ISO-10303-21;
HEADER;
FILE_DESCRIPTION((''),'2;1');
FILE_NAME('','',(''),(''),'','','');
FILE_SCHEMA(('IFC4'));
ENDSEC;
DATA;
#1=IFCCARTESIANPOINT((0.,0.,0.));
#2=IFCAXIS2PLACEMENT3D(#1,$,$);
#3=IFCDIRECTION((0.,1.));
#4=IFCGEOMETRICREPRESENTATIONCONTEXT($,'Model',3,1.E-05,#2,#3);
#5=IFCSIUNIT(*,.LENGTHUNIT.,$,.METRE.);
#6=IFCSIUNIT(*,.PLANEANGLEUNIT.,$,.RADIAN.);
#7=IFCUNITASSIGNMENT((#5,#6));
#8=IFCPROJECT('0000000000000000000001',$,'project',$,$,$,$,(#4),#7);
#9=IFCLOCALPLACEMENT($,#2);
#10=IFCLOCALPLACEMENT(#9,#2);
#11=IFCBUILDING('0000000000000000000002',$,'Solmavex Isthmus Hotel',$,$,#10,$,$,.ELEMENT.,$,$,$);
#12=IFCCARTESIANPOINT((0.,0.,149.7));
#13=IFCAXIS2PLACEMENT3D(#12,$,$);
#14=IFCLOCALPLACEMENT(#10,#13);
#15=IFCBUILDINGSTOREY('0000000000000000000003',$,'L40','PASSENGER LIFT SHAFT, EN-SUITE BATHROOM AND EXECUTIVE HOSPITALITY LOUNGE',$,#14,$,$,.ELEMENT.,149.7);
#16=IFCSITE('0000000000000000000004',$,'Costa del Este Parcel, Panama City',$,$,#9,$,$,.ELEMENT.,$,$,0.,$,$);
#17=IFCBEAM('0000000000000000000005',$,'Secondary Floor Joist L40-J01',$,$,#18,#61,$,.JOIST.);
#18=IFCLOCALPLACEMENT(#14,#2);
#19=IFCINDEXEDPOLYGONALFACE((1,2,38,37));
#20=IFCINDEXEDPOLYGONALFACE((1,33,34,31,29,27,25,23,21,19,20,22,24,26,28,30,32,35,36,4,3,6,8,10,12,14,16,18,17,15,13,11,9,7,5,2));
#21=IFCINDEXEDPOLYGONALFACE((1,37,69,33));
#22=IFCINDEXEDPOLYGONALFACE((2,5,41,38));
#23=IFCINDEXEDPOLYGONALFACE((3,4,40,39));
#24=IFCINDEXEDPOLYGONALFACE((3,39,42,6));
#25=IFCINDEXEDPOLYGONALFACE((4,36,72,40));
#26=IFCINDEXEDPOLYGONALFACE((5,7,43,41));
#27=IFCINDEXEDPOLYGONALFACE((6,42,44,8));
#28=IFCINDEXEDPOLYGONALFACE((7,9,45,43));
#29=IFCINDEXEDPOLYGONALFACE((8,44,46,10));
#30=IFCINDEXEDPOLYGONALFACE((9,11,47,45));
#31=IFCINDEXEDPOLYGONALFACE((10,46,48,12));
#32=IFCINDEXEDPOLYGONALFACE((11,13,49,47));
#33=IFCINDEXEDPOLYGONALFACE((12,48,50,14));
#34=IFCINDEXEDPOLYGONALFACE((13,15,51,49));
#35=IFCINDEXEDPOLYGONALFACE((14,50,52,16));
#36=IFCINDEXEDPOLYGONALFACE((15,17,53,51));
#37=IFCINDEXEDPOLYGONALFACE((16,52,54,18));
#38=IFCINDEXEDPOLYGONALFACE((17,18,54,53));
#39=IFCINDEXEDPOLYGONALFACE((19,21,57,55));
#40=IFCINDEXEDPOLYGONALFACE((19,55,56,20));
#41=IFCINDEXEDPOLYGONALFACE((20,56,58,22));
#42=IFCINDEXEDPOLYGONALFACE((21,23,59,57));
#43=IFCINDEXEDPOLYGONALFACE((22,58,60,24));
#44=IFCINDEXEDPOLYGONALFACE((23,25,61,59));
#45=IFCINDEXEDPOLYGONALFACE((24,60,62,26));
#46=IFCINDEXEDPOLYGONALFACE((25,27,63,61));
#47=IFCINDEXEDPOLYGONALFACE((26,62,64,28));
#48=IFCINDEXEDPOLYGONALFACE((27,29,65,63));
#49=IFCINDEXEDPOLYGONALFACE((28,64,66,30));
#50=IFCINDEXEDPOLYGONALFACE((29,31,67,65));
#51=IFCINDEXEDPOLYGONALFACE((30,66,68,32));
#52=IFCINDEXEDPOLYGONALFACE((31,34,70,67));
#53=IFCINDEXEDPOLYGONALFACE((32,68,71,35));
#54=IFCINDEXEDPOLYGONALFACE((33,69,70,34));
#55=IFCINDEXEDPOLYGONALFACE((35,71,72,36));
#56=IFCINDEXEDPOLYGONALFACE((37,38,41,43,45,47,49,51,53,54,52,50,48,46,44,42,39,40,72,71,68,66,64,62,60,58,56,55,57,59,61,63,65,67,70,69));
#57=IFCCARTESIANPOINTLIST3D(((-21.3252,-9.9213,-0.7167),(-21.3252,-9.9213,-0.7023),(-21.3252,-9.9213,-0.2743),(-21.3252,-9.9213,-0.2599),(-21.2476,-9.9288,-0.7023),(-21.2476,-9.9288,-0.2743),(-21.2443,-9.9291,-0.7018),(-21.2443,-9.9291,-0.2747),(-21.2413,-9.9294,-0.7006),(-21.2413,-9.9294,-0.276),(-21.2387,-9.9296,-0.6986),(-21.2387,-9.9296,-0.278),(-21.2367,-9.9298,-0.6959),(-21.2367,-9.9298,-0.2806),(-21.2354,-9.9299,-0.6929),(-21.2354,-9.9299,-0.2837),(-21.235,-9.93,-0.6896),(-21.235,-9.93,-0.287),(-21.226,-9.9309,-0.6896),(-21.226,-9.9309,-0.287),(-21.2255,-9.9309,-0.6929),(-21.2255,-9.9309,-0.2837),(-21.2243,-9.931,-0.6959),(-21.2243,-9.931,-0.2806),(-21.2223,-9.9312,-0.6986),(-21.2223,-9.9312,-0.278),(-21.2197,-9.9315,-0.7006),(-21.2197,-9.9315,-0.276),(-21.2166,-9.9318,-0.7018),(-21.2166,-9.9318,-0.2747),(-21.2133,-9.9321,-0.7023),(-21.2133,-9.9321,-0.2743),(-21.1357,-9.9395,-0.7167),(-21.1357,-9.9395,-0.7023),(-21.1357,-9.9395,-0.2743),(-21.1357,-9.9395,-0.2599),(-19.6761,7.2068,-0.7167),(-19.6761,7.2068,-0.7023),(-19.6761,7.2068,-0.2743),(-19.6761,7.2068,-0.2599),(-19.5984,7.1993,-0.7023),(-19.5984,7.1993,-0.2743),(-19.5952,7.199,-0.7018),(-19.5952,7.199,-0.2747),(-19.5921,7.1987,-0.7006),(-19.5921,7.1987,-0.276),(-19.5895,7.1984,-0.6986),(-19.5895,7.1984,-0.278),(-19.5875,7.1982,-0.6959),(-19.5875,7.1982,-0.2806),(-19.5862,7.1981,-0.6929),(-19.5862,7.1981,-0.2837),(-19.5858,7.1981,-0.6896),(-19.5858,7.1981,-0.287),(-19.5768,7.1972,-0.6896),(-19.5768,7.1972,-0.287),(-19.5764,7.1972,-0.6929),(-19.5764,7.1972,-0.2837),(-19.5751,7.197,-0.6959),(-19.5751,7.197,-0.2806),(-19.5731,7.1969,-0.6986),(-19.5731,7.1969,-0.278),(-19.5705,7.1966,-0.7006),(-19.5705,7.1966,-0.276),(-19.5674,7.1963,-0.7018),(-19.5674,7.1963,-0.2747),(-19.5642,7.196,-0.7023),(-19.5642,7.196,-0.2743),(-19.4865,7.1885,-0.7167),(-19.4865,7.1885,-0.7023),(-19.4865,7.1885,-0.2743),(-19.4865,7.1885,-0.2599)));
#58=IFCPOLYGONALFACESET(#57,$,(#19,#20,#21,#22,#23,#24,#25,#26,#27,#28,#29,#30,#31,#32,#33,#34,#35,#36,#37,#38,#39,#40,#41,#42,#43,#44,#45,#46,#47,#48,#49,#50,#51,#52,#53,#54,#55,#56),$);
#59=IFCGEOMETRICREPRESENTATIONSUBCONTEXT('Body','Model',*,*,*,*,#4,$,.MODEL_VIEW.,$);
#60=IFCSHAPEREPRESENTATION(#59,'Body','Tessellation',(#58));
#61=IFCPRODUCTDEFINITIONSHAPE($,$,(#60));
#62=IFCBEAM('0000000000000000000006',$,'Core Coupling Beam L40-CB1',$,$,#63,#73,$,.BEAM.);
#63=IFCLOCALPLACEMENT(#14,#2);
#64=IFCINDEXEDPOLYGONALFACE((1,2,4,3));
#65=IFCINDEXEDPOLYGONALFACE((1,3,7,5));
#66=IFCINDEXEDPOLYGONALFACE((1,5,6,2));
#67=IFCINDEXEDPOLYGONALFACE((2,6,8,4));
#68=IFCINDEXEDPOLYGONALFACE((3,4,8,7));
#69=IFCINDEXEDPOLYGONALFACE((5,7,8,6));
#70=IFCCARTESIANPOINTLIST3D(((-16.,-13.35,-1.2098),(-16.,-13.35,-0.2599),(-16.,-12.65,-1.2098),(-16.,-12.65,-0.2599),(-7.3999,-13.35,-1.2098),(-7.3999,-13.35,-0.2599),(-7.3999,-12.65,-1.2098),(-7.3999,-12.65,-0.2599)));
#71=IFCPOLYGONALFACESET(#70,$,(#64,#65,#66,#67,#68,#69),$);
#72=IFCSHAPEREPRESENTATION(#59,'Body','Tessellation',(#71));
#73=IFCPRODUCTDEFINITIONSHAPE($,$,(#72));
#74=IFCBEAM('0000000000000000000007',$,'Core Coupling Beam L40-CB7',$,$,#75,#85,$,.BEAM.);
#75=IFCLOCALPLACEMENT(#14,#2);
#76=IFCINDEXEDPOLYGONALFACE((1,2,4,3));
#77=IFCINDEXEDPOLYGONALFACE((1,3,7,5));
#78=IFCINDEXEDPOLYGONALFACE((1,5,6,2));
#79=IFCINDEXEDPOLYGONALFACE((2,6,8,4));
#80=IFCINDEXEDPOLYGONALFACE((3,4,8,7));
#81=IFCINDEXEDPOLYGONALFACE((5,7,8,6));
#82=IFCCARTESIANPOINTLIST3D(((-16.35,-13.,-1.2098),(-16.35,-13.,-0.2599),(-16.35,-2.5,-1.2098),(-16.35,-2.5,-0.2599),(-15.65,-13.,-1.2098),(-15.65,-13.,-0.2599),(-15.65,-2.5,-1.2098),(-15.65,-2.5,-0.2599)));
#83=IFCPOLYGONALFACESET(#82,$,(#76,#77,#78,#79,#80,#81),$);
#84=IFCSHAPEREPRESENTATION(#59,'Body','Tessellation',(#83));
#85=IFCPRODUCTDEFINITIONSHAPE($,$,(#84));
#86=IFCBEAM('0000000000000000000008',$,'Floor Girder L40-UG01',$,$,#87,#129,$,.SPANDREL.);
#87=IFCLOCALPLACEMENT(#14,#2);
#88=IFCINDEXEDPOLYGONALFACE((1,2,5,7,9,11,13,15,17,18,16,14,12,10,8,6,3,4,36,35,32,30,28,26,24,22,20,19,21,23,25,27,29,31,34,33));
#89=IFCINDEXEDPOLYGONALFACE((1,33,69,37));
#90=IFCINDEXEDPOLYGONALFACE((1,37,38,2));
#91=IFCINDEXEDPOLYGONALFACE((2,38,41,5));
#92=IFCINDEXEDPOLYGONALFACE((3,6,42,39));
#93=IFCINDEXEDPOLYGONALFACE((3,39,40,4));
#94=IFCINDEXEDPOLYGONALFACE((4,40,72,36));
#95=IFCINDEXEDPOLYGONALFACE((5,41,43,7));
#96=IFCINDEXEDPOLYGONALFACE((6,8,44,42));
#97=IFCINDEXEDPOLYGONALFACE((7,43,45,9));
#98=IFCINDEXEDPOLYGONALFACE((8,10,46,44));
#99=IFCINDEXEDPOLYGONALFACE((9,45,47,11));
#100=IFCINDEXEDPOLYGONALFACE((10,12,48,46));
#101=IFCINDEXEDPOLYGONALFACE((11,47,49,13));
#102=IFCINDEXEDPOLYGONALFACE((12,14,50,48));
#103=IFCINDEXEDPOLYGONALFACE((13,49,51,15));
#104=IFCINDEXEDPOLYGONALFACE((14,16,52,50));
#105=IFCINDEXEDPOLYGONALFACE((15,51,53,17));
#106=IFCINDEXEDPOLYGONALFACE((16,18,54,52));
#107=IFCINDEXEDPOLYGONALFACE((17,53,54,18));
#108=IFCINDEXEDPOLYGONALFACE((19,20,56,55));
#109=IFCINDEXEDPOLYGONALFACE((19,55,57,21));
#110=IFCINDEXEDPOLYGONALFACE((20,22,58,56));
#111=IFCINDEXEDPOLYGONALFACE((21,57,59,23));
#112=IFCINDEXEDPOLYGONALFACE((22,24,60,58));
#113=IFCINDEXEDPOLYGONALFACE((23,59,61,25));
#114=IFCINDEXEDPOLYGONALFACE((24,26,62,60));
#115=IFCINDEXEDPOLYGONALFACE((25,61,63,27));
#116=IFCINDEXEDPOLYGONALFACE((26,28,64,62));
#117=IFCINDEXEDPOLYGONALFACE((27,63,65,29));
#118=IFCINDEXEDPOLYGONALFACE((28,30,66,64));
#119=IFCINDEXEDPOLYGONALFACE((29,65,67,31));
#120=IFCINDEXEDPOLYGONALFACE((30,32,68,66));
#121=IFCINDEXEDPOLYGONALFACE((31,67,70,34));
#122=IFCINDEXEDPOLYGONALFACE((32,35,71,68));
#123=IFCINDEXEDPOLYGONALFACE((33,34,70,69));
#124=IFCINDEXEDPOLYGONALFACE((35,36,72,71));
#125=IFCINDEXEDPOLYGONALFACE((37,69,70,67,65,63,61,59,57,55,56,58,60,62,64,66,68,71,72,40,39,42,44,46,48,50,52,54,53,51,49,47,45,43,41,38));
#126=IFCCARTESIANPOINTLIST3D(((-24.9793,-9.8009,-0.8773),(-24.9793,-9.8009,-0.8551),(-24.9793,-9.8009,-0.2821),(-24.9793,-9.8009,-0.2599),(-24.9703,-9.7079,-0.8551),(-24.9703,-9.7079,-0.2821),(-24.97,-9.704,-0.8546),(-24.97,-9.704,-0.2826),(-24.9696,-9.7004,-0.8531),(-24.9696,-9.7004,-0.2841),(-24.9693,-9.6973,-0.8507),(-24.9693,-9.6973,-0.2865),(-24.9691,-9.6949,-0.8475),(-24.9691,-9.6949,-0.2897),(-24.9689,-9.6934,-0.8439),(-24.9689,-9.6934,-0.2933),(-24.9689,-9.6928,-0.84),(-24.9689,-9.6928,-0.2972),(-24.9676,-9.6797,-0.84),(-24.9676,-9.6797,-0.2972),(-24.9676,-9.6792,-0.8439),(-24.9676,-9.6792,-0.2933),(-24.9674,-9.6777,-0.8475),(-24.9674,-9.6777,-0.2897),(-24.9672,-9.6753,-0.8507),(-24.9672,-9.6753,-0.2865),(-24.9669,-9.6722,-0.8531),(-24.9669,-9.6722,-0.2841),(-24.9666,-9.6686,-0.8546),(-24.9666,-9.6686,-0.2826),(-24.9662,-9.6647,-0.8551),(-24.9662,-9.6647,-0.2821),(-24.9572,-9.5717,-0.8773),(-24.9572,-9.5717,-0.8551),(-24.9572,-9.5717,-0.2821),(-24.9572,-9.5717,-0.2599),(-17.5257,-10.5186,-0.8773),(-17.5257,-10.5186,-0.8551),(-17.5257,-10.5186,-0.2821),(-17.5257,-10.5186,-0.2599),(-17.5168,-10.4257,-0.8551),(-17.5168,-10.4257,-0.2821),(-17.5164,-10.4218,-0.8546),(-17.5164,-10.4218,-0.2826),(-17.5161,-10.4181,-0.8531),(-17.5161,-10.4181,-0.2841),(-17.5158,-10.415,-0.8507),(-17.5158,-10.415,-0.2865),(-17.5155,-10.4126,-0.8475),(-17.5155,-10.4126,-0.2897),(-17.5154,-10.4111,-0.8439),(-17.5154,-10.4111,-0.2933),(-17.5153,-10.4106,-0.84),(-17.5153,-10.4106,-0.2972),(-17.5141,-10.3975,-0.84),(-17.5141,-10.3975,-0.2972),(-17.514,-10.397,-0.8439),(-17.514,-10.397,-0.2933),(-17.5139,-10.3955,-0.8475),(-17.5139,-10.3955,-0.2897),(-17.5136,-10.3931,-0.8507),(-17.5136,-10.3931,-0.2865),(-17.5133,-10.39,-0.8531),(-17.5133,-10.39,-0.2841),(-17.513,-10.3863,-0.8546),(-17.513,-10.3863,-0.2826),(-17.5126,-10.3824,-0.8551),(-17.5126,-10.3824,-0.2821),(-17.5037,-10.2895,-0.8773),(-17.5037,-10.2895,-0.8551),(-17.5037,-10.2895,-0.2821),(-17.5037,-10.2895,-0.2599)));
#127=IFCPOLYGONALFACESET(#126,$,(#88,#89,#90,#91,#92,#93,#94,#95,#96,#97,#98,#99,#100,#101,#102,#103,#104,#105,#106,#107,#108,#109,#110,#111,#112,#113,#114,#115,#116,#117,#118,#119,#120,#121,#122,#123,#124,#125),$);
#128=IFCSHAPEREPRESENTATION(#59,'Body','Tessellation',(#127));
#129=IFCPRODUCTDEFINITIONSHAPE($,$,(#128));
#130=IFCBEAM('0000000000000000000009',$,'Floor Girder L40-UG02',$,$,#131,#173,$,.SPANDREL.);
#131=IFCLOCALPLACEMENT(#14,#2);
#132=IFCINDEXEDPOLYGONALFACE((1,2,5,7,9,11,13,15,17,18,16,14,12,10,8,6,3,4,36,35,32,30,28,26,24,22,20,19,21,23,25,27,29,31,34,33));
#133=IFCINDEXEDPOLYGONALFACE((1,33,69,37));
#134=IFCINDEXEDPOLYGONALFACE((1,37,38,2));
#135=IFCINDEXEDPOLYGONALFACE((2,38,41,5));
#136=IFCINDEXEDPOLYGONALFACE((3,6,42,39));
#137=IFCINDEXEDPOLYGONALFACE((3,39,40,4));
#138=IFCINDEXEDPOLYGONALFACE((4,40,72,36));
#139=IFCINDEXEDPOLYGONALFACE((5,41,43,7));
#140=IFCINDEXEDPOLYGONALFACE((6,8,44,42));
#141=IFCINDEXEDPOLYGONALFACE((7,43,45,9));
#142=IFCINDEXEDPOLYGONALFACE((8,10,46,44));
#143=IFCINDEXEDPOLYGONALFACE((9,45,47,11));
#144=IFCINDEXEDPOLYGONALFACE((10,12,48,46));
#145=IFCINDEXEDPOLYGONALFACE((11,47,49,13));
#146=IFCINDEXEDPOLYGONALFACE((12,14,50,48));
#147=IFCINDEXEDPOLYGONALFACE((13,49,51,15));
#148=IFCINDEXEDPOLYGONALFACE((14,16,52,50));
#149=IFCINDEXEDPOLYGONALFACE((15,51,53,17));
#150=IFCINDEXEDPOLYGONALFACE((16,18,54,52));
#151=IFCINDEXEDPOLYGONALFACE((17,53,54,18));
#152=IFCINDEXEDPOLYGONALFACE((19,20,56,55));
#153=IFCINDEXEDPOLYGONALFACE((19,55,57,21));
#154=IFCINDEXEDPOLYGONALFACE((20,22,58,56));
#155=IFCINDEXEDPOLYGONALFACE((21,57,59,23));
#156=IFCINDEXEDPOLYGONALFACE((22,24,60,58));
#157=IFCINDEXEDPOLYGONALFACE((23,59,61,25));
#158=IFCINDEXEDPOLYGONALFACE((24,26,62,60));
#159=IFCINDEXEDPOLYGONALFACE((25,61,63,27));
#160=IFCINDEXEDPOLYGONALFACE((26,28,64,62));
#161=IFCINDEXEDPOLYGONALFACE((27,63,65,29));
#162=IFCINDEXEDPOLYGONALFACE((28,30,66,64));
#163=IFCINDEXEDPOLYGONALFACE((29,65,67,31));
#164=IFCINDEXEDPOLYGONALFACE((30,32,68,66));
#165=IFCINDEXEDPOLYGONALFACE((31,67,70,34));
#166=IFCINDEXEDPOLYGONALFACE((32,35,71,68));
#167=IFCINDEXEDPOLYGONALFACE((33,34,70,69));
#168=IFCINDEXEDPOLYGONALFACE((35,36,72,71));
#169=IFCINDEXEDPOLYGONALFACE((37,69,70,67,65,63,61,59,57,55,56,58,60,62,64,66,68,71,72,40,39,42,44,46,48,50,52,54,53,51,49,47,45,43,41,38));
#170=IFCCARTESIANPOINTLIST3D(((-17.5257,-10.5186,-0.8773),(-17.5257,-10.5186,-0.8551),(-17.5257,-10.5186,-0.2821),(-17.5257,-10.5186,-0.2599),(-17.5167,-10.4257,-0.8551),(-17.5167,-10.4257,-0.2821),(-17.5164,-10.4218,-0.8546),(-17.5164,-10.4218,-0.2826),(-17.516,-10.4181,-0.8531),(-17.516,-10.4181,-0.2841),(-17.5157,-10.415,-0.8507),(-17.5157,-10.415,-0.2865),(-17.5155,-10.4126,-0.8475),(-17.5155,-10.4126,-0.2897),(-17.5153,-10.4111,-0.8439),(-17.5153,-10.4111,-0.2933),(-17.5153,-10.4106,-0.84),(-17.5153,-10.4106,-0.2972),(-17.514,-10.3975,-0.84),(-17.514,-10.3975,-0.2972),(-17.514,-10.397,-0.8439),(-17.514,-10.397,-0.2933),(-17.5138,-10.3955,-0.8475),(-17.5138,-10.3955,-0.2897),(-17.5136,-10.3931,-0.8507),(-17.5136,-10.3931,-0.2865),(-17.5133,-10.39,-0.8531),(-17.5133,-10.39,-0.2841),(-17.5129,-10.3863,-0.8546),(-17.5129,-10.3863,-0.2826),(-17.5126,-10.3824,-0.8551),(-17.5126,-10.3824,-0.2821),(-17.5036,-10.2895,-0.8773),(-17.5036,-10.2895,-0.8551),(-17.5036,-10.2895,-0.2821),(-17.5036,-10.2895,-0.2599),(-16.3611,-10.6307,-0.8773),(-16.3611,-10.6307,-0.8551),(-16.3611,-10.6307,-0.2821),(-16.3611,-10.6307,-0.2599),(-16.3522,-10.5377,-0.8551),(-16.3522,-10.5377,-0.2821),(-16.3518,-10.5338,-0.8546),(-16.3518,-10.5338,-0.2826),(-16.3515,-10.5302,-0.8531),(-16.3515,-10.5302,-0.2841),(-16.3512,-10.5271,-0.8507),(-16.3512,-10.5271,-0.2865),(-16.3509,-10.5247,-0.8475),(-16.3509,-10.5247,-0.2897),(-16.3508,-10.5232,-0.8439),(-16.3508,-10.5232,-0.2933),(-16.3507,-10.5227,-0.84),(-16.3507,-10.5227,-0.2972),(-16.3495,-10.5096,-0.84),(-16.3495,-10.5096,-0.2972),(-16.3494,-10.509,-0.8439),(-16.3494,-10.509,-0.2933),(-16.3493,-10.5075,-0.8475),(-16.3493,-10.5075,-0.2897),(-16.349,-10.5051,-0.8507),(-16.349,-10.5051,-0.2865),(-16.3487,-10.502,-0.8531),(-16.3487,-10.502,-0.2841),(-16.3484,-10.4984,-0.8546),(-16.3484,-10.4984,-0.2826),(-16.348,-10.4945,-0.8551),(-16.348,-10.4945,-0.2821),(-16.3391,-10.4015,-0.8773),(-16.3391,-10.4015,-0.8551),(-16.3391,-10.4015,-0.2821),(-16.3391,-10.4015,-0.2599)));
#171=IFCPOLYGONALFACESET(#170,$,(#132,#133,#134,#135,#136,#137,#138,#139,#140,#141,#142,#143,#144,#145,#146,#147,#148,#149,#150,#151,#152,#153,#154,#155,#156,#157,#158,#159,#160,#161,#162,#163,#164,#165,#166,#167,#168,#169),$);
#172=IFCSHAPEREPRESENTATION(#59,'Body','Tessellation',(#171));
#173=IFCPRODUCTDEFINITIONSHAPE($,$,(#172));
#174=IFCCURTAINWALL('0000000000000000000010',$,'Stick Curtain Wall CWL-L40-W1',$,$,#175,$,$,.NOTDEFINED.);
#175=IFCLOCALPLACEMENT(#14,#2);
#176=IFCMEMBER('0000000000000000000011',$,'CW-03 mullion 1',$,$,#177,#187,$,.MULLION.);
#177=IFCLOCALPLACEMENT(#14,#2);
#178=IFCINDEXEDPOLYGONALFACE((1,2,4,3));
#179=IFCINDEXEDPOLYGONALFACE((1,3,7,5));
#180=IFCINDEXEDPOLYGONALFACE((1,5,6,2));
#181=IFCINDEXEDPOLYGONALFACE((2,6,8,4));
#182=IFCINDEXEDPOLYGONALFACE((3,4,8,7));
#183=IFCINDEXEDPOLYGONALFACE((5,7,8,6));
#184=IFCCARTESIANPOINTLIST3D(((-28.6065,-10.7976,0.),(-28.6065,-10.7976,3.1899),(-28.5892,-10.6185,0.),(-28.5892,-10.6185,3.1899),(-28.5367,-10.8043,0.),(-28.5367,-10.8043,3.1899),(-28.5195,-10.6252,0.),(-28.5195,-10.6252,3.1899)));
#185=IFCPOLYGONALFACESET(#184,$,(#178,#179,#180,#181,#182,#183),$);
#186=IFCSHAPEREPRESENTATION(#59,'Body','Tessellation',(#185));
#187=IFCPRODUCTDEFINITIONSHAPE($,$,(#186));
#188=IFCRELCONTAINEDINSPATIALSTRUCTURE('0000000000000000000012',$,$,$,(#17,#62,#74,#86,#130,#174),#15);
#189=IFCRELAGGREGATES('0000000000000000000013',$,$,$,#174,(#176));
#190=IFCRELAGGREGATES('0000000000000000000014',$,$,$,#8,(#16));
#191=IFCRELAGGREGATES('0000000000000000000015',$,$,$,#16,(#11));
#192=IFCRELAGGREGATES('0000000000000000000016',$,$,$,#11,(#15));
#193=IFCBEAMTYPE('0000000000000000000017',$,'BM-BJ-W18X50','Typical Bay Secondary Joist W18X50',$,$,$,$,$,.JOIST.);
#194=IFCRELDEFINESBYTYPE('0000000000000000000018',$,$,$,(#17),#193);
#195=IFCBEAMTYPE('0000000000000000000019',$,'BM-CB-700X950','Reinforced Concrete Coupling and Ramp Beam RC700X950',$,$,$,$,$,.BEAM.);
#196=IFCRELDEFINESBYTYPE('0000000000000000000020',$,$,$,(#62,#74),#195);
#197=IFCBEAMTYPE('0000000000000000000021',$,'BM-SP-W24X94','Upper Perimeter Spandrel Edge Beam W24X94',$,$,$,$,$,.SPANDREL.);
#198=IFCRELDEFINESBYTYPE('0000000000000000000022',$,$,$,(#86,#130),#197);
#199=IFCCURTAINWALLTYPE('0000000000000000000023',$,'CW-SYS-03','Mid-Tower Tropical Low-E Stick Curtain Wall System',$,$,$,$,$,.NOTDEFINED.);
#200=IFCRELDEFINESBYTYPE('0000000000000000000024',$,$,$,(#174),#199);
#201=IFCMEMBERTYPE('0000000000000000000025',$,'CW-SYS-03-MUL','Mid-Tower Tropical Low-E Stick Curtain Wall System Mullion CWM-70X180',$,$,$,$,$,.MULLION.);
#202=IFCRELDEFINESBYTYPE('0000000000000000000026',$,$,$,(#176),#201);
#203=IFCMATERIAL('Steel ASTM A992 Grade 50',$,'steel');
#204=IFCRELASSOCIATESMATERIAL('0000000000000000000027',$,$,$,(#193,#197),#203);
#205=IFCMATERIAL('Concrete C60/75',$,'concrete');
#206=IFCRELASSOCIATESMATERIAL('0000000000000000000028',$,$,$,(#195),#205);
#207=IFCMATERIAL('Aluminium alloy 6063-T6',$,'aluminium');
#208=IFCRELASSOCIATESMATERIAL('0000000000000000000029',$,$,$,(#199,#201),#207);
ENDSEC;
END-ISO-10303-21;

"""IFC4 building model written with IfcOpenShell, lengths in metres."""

from ifc_helpers import new_model, si_unit, direction, frame, origin, origin_2d, place, context, subcontext, project, spatial, rectangle, i_section, extrude, material, material_profile, profile_set, type_object, element, aggregate, save


model = new_model("IFC4")

# Units and contexts
model_context = context("Model", 3, precision=1e-05, world=origin(), true_north=direction((0.0, 1.0)))
body_context = subcontext(model_context, "Body", "Model", "MODEL_VIEW")
ifc_project = project(units=[si_unit("LENGTHUNIT", "METRE"), si_unit("PLANEANGLEUNIT", "RADIAN")], contexts=[model_context])

# Site, building, storey
site_placement = place(None, origin())
site = spatial("IfcSite", under=ifc_project, at=site_placement, Name="Costa del Este Parcel, Panama City", CompositionType="ELEMENT", RefElevation=0.0)
building_placement = place(site_placement, origin())
building = spatial("IfcBuilding", under=site, at=building_placement, Name="Solmavex Isthmus Hotel", CompositionType="ELEMENT")
storey_placement = place(building_placement, frame((0.0, 0.0, 149.7)))
storey = spatial("IfcBuildingStorey", under=building, at=storey_placement, Name="L40", Description="PASSENGER LIFT SHAFT, EN-SUITE BATHROOM AND EXECUTIVE HOSPITALITY LOUNGE", CompositionType="ELEMENT", Elevation=149.7)

# Shared definitions
ifc_material_1 = material(Name="Concrete C60/75", Category="concrete")

# Beams
ifc_material_2 = material(Name="Steel ASTM A992 Grade 50", Category="steel")
ifc_material_profile_1 = material_profile(ifc_material_2, i_section(OverallWidth=0.1904, OverallDepth=0.4568, WebThickness=0.009, FlangeThickness=0.0144, FilletRadius=0.0127, at=origin_2d()), Name="W18X50")
ifc_profile_set_1 = profile_set([ifc_material_profile_1], Name="Steel ASTM A992 Grade 50")
beam_type_1 = type_object("IfcBeamType", Name="BM-BJ-W18X50", Description="Typical Bay Secondary Joist W18X50", PredefinedType="JOIST", material=ifc_profile_set_1)
beam_1_placement = place(storey_placement, frame((-21.2305, -9.9304, -0.4883), z_axis=(0.095841, 0.995397, 0.0), x_axis=(-0.995397, 0.095841, 0.0)))
element("IfcBeam", 1, at=beam_1_placement, inside=storey, type_object=beam_type_1, Name="Secondary Floor Joist L40-J01", PredefinedType="JOIST", context=body_context, shape_type="SweptSolid", body=[
    extrude(i_section(OverallWidth=0.1904, OverallDepth=0.4568, WebThickness=0.009, FlangeThickness=0.0144, FilletRadius=0.0127, at=origin_2d()), origin(), (0.0, 0.0, 1.0), 17.2073),
])
ifc_material_profile_2 = material_profile(ifc_material_1, rectangle(XDim=0.7, YDim=0.95, at=origin_2d()), Name="RC700X950")
ifc_profile_set_2 = profile_set([ifc_material_profile_2], Name="Concrete C60/75")
beam_type_2 = type_object("IfcBeamType", Name="BM-CB-700X950", Description="Reinforced Concrete Coupling and Ramp Beam RC700X950", PredefinedType="BEAM", material=ifc_profile_set_2)
beam_2_placement = place(storey_placement, frame((-16.0, -13.0, -0.7349), z_axis=(1.0, 0.0, 0.0), x_axis=(0.0, 1.0, 0.0)))
element("IfcBeam", 2, at=beam_2_placement, inside=storey, type_object=beam_type_2, Name="Core Coupling Beam L40-CB1", PredefinedType="BEAM", context=body_context, shape_type="SweptSolid", body=[
    extrude(rectangle(XDim=0.7, YDim=0.95, at=origin_2d()), origin(), (0.0, 0.0, 1.0), 8.6001),
])
beam_3_placement = place(storey_placement, frame((-16.0, -13.0, -0.7349), z_axis=(0.0, 1.0, 0.0), x_axis=(-1.0, 0.0, 0.0)))
element("IfcBeam", 3, at=beam_3_placement, inside=storey, type_object=beam_type_2, Name="Core Coupling Beam L40-CB7", PredefinedType="BEAM", context=body_context, shape_type="SweptSolid", body=[
    extrude(rectangle(XDim=0.7, YDim=0.95, at=origin_2d()), origin(), (0.0, 0.0, 1.0), 10.5),
])
ifc_material_profile_3 = material_profile(ifc_material_2, i_section(OverallWidth=0.2302, OverallDepth=0.6174, WebThickness=0.0132, FlangeThickness=0.0222, FilletRadius=0.0151, at=origin_2d()), Name="W24X94")
ifc_profile_set_3 = profile_set([ifc_material_profile_3], Name="Steel ASTM A992 Grade 50")
beam_type_3 = type_object("IfcBeamType", Name="BM-SP-W24X94", Description="Upper Perimeter Spandrel Edge Beam W24X94", PredefinedType="SPANDREL", material=ifc_profile_set_3)
beam_4_placement = place(storey_placement, frame((-24.9683, -9.6863, -0.5686), z_axis=(0.995395, -0.095855, 0.0), x_axis=(0.095855, 0.995395, 0.0)))
element("IfcBeam", 4, at=beam_4_placement, inside=storey, type_object=beam_type_3, Name="Floor Girder L40-UG01", PredefinedType="SPANDREL", context=body_context, shape_type="SweptSolid", body=[
    extrude(i_section(OverallWidth=0.2302, OverallDepth=0.6174, WebThickness=0.0132, FlangeThickness=0.0222, FilletRadius=0.0151, at=origin_2d()), origin(), (0.0, 0.0, 1.0), 7.488),
])
beam_5_placement = place(storey_placement, frame((-17.5146, -10.4041, -0.5686), z_axis=(0.995402, -0.095784, 0.0), x_axis=(0.095784, 0.995402, 0.0)))
element("IfcBeam", 5, at=beam_5_placement, inside=storey, type_object=beam_type_3, Name="Floor Girder L40-UG02", PredefinedType="SPANDREL", context=body_context, shape_type="SweptSolid", body=[
    extrude(i_section(OverallWidth=0.2302, OverallDepth=0.6174, WebThickness=0.0132, FlangeThickness=0.0222, FilletRadius=0.0151, at=origin_2d()), origin(), (0.0, 0.0, 1.0), 1.1699),
])

# Curtain wall, member
ifc_material_3 = material(Name="Aluminium alloy 6063-T6", Category="aluminium")
curtain_wall_type = type_object("IfcCurtainWallType", Name="CW-SYS-03", Description="Mid-Tower Tropical Low-E Stick Curtain Wall System", PredefinedType="NOTDEFINED", material=ifc_material_3)
curtain_wall_placement = place(storey_placement, origin())
curtain_wall = element("IfcCurtainWall", 6, at=curtain_wall_placement, inside=storey, type_object=curtain_wall_type, Name="Stick Curtain Wall CWL-L40-W1", PredefinedType="NOTDEFINED")
ifc_material_profile_4 = material_profile(ifc_material_3, rectangle(XDim=0.0701, YDim=0.1799, at=origin_2d()), Name="CWM-70X180")
ifc_profile_set_4 = profile_set([ifc_material_profile_4], Name="Aluminium alloy 6063-T6")
member_type_1 = type_object("IfcMemberType", Name="CW-SYS-03-MUL", Description="Mid-Tower Tropical Low-E Stick Curtain Wall System Mullion CWM-70X180", PredefinedType="MULLION", material=ifc_profile_set_4)
member_1_placement = place(storey_placement, frame((-28.563, -10.7114, 0.0), z_axis=(0.0, 0.0, 1.0), x_axis=(-0.995396, 0.095846, 0.0)))
member_1 = element("IfcMember", 7, at=member_1_placement, type_object=member_type_1, Name="CW-03 mullion 1", PredefinedType="MULLION", context=body_context, shape_type="SweptSolid", body=[
    extrude(rectangle(XDim=0.0701, YDim=0.1799, at=origin_2d()), origin(), (0.0, 0.0, 1.0), 3.1899),
])
aggregate(curtain_wall, [member_1])

save(model, "model.ifc")
